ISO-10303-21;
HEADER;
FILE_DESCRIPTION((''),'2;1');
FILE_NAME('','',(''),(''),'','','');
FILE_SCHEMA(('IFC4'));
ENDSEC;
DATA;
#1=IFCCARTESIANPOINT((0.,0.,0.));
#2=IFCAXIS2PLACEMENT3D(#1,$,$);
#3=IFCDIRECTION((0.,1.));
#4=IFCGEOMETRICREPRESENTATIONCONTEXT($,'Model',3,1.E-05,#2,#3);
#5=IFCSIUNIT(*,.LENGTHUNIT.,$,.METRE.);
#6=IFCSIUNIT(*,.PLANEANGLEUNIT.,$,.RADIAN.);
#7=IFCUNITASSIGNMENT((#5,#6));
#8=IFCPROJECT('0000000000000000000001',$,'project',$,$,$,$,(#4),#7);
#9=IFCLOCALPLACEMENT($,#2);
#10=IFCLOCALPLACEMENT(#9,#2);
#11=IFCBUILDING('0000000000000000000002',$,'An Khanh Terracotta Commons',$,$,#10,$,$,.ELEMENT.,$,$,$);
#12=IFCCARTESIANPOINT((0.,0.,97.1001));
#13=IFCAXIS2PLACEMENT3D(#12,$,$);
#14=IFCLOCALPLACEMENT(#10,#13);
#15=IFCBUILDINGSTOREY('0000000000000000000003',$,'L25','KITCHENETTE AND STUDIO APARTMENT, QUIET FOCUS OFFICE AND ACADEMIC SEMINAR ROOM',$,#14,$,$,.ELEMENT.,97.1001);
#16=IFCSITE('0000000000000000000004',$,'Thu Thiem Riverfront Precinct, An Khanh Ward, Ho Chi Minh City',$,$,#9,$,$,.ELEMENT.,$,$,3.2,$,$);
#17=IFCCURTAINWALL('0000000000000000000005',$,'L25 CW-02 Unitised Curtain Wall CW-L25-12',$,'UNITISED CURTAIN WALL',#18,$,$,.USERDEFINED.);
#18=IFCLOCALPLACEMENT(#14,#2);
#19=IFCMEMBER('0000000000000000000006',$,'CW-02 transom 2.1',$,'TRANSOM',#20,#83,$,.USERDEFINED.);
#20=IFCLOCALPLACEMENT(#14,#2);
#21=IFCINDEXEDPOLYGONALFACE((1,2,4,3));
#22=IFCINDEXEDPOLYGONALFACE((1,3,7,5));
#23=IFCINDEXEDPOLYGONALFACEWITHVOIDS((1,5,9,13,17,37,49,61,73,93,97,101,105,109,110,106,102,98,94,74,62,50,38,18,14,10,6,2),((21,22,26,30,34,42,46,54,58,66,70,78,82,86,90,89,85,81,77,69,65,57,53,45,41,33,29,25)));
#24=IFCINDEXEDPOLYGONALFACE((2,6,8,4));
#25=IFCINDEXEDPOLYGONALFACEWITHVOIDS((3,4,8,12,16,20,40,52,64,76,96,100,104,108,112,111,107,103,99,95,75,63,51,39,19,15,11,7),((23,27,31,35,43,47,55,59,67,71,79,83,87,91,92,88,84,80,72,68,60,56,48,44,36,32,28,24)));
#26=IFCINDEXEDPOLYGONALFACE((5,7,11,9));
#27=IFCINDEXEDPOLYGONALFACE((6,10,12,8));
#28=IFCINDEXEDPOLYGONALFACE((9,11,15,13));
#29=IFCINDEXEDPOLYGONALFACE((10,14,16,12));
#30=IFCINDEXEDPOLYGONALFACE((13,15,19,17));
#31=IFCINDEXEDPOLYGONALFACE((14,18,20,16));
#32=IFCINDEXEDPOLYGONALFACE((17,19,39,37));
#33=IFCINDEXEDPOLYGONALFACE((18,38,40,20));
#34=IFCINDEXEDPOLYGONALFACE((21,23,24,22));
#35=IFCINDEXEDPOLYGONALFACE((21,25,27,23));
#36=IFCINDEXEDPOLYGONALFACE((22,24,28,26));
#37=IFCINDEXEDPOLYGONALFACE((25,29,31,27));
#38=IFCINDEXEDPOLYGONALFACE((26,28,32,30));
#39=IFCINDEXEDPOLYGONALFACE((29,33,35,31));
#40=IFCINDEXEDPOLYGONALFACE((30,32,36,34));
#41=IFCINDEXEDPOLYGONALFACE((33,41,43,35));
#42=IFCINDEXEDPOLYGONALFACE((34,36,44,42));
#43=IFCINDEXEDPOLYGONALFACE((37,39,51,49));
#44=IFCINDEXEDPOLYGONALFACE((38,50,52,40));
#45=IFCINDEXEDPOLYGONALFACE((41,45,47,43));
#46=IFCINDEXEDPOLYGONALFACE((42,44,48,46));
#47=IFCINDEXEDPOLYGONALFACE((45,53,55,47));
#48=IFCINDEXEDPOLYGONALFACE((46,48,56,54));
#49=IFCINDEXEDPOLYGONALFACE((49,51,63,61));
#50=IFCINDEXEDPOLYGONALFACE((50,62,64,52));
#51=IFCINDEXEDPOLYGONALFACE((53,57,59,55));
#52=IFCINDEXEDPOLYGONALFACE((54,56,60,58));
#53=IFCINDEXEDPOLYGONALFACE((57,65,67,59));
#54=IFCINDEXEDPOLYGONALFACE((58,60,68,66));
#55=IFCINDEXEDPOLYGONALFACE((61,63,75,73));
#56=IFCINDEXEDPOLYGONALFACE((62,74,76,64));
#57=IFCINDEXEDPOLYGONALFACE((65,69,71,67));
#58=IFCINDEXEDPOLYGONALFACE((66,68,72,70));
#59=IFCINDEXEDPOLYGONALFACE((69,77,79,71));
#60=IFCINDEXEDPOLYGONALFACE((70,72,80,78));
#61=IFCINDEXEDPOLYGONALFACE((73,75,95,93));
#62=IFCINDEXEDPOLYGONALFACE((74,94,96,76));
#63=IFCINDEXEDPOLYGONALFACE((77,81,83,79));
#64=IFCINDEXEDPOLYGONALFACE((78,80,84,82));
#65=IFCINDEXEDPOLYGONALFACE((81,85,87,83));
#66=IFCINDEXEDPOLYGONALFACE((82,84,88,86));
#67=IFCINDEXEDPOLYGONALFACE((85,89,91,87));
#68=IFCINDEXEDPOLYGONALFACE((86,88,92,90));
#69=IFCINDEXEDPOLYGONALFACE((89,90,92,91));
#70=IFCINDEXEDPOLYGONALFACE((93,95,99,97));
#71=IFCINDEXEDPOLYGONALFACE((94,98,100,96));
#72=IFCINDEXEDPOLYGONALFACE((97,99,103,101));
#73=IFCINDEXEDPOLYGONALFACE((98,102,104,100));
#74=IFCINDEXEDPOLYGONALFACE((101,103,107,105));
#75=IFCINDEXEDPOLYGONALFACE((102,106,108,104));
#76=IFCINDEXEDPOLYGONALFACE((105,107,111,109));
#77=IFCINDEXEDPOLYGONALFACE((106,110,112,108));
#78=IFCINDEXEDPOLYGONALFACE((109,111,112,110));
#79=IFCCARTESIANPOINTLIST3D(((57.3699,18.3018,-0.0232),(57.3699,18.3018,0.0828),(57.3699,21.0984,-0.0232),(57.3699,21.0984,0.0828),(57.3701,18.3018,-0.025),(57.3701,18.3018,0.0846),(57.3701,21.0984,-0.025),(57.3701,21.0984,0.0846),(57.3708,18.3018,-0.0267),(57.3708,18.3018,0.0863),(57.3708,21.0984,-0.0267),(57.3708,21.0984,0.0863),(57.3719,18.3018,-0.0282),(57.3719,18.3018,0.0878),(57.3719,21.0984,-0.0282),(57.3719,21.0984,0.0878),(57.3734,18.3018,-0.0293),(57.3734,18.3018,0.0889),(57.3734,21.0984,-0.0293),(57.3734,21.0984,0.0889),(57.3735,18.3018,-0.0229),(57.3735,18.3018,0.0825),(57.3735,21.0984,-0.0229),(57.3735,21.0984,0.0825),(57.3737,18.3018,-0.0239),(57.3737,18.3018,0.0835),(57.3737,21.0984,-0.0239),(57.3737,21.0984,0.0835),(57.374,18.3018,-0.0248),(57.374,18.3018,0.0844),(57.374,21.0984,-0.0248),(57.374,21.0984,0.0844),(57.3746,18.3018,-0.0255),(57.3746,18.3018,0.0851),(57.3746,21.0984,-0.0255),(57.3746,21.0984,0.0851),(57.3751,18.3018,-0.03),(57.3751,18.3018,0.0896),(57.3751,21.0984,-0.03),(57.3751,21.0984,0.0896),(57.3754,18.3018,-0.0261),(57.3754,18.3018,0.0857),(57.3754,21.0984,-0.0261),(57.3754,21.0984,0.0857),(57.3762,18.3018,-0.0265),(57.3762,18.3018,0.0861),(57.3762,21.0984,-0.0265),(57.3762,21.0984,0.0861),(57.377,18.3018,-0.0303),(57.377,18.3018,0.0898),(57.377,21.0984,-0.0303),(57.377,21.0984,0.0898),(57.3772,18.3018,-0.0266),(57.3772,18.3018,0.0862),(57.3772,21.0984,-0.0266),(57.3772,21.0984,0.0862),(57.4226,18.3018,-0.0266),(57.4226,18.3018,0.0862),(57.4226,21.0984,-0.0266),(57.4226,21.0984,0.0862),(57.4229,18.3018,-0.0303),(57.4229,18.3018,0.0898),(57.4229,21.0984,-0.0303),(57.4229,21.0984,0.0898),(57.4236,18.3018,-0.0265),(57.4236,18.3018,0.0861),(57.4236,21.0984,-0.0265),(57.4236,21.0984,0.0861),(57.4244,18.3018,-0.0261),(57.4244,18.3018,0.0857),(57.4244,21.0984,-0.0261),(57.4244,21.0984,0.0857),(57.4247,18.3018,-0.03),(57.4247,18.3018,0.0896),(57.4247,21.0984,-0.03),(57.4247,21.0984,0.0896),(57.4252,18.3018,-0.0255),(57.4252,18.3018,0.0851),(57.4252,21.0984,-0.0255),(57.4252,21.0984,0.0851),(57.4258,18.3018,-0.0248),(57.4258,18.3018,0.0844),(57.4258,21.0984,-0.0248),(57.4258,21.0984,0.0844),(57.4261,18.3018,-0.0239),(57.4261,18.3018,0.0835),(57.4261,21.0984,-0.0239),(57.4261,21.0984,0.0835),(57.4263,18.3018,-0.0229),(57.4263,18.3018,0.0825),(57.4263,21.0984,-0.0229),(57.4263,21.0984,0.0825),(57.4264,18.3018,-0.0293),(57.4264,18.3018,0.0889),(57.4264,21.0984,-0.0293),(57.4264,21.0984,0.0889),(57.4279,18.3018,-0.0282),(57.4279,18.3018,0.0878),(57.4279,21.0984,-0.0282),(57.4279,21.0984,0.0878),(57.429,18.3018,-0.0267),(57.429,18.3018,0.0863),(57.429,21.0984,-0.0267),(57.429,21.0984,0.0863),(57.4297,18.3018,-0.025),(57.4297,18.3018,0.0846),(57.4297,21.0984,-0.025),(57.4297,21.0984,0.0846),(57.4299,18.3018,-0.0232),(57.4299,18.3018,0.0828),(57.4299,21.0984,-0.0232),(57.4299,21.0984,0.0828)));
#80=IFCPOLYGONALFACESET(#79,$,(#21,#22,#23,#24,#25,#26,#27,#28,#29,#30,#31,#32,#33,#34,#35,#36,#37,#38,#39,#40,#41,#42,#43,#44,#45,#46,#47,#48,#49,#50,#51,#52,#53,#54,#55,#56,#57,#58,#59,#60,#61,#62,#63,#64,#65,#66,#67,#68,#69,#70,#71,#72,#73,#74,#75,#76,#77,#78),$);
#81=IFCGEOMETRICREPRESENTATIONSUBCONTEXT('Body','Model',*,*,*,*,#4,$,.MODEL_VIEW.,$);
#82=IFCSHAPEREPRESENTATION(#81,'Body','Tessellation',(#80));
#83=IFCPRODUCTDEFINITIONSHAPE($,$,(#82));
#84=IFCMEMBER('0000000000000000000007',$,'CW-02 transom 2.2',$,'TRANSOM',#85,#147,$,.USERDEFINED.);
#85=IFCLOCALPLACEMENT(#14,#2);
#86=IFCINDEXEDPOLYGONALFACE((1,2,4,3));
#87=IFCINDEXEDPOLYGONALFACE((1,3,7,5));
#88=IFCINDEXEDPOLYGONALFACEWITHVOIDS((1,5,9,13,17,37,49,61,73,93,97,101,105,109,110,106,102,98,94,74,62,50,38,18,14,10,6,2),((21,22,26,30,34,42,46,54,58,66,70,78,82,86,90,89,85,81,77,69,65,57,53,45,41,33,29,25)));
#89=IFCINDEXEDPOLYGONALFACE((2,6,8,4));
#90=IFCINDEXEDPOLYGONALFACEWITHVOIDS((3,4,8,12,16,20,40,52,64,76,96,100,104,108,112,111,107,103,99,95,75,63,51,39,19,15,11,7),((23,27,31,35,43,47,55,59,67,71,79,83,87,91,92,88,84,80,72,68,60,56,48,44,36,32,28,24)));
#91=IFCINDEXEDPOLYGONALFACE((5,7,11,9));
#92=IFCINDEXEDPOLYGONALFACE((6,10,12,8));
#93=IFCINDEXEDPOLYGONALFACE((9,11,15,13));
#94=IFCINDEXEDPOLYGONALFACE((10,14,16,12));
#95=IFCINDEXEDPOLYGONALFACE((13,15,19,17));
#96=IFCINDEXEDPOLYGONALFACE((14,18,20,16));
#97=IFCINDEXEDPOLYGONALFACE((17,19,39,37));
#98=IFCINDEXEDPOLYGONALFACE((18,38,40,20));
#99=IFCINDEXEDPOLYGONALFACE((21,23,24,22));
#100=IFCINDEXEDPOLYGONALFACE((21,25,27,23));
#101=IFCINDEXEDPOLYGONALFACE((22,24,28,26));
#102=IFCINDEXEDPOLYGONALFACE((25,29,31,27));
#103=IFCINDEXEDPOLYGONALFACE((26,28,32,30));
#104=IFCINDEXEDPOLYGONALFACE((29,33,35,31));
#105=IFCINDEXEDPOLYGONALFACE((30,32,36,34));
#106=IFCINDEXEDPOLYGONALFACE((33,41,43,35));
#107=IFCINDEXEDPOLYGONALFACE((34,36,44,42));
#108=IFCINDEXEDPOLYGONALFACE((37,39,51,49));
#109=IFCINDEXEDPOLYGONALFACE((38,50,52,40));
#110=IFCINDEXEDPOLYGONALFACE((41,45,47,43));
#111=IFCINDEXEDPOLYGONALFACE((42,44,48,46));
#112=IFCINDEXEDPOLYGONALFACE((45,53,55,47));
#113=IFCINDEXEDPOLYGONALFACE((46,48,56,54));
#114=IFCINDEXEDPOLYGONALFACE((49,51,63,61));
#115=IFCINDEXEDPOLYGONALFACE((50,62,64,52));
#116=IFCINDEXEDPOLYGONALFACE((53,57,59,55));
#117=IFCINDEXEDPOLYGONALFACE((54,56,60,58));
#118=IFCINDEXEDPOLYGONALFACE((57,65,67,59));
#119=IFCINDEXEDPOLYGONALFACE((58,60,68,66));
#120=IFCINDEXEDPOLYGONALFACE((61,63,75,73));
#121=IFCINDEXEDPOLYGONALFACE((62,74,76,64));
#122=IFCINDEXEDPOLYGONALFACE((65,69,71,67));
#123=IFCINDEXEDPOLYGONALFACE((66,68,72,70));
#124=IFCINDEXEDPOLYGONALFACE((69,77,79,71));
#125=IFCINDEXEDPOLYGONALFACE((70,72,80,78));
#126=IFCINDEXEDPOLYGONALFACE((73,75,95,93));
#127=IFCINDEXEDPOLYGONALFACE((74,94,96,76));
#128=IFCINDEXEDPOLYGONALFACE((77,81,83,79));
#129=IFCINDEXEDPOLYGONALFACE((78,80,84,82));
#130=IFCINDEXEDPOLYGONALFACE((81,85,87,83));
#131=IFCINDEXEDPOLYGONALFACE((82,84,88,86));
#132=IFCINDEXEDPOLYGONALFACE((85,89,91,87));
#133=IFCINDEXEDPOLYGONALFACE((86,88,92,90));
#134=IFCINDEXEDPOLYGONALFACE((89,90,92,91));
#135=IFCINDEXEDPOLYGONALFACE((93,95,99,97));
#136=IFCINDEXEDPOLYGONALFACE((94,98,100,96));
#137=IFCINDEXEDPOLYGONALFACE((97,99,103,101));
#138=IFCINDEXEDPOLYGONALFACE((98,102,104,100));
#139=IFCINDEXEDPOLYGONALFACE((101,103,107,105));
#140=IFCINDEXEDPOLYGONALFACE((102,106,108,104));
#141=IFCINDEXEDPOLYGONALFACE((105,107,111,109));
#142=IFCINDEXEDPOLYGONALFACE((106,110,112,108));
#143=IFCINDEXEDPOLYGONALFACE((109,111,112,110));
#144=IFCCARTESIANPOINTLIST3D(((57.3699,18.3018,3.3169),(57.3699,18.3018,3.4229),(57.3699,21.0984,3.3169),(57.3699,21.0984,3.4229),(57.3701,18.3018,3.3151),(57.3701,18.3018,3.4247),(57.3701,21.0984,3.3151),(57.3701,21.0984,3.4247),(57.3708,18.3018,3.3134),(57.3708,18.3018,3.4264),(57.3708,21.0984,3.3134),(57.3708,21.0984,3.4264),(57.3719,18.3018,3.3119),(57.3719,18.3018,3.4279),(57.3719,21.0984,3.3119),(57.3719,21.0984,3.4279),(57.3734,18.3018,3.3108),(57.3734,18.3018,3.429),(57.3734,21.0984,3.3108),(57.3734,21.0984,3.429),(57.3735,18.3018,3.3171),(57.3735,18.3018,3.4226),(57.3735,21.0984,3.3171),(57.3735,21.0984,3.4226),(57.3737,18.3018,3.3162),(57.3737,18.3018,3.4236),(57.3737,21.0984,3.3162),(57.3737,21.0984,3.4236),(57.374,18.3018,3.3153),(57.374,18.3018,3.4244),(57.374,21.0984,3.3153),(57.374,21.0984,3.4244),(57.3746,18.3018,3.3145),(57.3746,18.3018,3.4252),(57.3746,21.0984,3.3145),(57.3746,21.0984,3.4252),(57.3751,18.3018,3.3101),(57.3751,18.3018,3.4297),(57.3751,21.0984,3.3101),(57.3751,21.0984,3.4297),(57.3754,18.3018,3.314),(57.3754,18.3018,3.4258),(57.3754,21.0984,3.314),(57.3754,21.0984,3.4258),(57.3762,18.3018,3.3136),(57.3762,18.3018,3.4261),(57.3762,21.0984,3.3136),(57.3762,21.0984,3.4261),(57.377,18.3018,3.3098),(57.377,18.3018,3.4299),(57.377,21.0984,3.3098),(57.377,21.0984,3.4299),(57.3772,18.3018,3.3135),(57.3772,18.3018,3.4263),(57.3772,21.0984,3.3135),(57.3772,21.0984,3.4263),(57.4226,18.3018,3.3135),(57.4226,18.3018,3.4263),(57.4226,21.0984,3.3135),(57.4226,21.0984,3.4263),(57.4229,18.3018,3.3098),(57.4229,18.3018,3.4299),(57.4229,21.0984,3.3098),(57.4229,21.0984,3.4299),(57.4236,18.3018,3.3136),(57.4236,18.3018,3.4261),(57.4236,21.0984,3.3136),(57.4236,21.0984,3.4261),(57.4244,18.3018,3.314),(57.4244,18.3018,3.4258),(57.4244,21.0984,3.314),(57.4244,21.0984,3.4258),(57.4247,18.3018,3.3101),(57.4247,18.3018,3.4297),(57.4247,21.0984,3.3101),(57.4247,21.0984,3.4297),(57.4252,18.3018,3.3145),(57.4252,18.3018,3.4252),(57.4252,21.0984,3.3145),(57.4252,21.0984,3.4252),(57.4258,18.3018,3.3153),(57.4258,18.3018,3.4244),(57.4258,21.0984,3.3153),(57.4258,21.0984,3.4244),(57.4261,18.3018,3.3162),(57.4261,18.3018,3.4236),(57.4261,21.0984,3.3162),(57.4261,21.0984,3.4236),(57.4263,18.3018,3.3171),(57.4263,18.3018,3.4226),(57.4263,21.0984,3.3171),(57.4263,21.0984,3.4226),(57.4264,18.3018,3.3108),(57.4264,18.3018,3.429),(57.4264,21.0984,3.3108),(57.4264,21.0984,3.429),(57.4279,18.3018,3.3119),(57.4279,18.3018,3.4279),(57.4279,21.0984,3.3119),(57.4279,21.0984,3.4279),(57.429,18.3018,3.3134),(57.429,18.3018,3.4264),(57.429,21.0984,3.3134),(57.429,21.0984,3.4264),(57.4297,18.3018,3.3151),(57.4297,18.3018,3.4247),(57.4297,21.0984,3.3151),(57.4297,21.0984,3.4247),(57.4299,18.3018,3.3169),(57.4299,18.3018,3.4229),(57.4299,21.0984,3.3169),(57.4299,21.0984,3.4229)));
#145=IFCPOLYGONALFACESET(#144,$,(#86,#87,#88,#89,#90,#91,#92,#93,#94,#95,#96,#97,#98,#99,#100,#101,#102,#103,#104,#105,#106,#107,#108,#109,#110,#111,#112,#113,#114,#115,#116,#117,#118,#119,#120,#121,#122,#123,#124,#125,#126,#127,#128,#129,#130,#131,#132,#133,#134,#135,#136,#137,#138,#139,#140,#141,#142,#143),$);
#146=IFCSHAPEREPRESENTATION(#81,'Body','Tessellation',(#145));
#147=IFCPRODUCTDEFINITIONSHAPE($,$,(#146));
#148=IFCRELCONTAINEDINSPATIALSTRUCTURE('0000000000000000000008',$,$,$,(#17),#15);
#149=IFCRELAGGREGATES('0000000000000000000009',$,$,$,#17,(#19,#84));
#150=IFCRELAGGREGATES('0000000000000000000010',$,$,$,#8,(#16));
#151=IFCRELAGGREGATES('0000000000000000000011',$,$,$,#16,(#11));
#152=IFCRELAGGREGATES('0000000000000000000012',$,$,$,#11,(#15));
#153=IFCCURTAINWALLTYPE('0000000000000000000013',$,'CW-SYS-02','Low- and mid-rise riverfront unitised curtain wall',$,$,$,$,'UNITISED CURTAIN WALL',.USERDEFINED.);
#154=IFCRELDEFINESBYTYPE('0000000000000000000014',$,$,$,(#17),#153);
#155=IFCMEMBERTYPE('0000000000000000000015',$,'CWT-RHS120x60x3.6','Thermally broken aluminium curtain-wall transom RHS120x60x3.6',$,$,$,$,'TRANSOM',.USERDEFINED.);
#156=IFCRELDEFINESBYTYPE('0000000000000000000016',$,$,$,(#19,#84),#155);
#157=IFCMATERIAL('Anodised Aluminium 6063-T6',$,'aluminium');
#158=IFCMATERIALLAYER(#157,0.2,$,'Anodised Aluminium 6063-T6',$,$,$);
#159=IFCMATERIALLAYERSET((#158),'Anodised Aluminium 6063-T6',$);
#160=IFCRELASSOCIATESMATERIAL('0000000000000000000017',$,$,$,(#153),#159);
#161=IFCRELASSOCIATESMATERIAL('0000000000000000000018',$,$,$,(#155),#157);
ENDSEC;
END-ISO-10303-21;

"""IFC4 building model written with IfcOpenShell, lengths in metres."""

from ifc_helpers import new_model, si_unit, direction, frame, origin, origin_2d, place, context, subcontext, project, spatial, hollow_rectangle, extrude, material, layer, layer_set, material_profile, profile_set, type_object, element, aggregate, save


model = new_model("IFC4")

# Units and contexts
model_context = context("Model", 3, precision=1e-05, world=origin(), true_north=direction((0.0, 1.0)))
body_context = subcontext(model_context, "Body", "Model", "MODEL_VIEW")
ifc_project = project(units=[si_unit("LENGTHUNIT", "METRE"), si_unit("PLANEANGLEUNIT", "RADIAN")], contexts=[model_context])

# Site, building, storey
site_placement = place(None, origin())
site = spatial("IfcSite", under=ifc_project, at=site_placement, Name="Thu Thiem Riverfront Precinct, An Khanh Ward, Ho Chi Minh City", CompositionType="ELEMENT", RefElevation=3.2)
building_placement = place(site_placement, origin())
building = spatial("IfcBuilding", under=site, at=building_placement, Name="An Khanh Terracotta Commons", CompositionType="ELEMENT")
storey_placement = place(building_placement, frame((0.0, 0.0, 97.1001)))
storey = spatial("IfcBuildingStorey", under=building, at=storey_placement, Name="L25", Description="KITCHENETTE AND STUDIO APARTMENT, QUIET FOCUS OFFICE AND ACADEMIC SEMINAR ROOM", CompositionType="ELEMENT", Elevation=97.1001)

# Curtain wall
ifc_material_1 = material(Name="Anodised Aluminium 6063-T6", Category="aluminium")
ifc_layer_1 = layer(ifc_material_1, 0.2, Name="Anodised Aluminium 6063-T6")
ifc_layer_set_1 = layer_set([ifc_layer_1], Name="Anodised Aluminium 6063-T6")
curtain_wall_type = type_object("IfcCurtainWallType", Name="CW-SYS-02", Description="Low- and mid-rise riverfront unitised curtain wall", ElementType="UNITISED CURTAIN WALL", PredefinedType="USERDEFINED", material=ifc_layer_set_1)
curtain_wall_1_placement = place(storey_placement, origin())
curtain_wall_1 = element("IfcCurtainWall", 1, at=curtain_wall_1_placement, inside=storey, type_object=curtain_wall_type, Name="L25 CW-02 Unitised Curtain Wall CW-L25-12", ObjectType="UNITISED CURTAIN WALL", PredefinedType="USERDEFINED")

# Members
ifc_material_profile_1 = material_profile(ifc_material_1, hollow_rectangle(XDim=0.0601, YDim=0.1201, WallThickness=0.0037, InnerFilletRadius=0.0037, OuterFilletRadius=0.0071, at=origin_2d()), Name="RHS120x60x3.6")
ifc_profile_set_1 = profile_set([ifc_material_profile_1], Name="Anodised Aluminium 6063-T6")
member_type_1 = type_object("IfcMemberType", Name="CWT-RHS120x60x3.6", Description="Thermally broken aluminium curtain-wall transom RHS120x60x3.6", ElementType="TRANSOM", PredefinedType="USERDEFINED", material=ifc_profile_set_1)
member_1_placement = place(storey_placement, frame((57.3999, 18.3018, 0.0298), z_axis=(0.0, 1.0, 0.0), x_axis=(-1.0, 0.0, 0.0)))
member_1 = element("IfcMember", 2, at=member_1_placement, type_object=member_type_1, Name="CW-02 transom 2.1", ObjectType="TRANSOM", PredefinedType="USERDEFINED", context=body_context, shape_type="SweptSolid", body=[
    extrude(hollow_rectangle(XDim=0.0601, YDim=0.1201, WallThickness=0.0037, InnerFilletRadius=0.0037, OuterFilletRadius=0.0071, at=origin_2d()), origin(), (0.0, 0.0, 1.0), 2.7966),
])
member_2_placement = place(storey_placement, frame((57.3999, 18.3018, 3.3699), z_axis=(0.0, 1.0, 0.0), x_axis=(-1.0, 0.0, 0.0)))
member_2 = element("IfcMember", 3, at=member_2_placement, type_object=member_type_1, Name="CW-02 transom 2.2", ObjectType="TRANSOM", PredefinedType="USERDEFINED", context=body_context, shape_type="SweptSolid", body=[
    extrude(hollow_rectangle(XDim=0.0601, YDim=0.1201, WallThickness=0.0037, InnerFilletRadius=0.0037, OuterFilletRadius=0.0071, at=origin_2d()), origin(), (0.0, 0.0, 1.0), 2.7966),
])

aggregate(curtain_wall_1, [member_1, member_2])

save(model, "model.ifc")
